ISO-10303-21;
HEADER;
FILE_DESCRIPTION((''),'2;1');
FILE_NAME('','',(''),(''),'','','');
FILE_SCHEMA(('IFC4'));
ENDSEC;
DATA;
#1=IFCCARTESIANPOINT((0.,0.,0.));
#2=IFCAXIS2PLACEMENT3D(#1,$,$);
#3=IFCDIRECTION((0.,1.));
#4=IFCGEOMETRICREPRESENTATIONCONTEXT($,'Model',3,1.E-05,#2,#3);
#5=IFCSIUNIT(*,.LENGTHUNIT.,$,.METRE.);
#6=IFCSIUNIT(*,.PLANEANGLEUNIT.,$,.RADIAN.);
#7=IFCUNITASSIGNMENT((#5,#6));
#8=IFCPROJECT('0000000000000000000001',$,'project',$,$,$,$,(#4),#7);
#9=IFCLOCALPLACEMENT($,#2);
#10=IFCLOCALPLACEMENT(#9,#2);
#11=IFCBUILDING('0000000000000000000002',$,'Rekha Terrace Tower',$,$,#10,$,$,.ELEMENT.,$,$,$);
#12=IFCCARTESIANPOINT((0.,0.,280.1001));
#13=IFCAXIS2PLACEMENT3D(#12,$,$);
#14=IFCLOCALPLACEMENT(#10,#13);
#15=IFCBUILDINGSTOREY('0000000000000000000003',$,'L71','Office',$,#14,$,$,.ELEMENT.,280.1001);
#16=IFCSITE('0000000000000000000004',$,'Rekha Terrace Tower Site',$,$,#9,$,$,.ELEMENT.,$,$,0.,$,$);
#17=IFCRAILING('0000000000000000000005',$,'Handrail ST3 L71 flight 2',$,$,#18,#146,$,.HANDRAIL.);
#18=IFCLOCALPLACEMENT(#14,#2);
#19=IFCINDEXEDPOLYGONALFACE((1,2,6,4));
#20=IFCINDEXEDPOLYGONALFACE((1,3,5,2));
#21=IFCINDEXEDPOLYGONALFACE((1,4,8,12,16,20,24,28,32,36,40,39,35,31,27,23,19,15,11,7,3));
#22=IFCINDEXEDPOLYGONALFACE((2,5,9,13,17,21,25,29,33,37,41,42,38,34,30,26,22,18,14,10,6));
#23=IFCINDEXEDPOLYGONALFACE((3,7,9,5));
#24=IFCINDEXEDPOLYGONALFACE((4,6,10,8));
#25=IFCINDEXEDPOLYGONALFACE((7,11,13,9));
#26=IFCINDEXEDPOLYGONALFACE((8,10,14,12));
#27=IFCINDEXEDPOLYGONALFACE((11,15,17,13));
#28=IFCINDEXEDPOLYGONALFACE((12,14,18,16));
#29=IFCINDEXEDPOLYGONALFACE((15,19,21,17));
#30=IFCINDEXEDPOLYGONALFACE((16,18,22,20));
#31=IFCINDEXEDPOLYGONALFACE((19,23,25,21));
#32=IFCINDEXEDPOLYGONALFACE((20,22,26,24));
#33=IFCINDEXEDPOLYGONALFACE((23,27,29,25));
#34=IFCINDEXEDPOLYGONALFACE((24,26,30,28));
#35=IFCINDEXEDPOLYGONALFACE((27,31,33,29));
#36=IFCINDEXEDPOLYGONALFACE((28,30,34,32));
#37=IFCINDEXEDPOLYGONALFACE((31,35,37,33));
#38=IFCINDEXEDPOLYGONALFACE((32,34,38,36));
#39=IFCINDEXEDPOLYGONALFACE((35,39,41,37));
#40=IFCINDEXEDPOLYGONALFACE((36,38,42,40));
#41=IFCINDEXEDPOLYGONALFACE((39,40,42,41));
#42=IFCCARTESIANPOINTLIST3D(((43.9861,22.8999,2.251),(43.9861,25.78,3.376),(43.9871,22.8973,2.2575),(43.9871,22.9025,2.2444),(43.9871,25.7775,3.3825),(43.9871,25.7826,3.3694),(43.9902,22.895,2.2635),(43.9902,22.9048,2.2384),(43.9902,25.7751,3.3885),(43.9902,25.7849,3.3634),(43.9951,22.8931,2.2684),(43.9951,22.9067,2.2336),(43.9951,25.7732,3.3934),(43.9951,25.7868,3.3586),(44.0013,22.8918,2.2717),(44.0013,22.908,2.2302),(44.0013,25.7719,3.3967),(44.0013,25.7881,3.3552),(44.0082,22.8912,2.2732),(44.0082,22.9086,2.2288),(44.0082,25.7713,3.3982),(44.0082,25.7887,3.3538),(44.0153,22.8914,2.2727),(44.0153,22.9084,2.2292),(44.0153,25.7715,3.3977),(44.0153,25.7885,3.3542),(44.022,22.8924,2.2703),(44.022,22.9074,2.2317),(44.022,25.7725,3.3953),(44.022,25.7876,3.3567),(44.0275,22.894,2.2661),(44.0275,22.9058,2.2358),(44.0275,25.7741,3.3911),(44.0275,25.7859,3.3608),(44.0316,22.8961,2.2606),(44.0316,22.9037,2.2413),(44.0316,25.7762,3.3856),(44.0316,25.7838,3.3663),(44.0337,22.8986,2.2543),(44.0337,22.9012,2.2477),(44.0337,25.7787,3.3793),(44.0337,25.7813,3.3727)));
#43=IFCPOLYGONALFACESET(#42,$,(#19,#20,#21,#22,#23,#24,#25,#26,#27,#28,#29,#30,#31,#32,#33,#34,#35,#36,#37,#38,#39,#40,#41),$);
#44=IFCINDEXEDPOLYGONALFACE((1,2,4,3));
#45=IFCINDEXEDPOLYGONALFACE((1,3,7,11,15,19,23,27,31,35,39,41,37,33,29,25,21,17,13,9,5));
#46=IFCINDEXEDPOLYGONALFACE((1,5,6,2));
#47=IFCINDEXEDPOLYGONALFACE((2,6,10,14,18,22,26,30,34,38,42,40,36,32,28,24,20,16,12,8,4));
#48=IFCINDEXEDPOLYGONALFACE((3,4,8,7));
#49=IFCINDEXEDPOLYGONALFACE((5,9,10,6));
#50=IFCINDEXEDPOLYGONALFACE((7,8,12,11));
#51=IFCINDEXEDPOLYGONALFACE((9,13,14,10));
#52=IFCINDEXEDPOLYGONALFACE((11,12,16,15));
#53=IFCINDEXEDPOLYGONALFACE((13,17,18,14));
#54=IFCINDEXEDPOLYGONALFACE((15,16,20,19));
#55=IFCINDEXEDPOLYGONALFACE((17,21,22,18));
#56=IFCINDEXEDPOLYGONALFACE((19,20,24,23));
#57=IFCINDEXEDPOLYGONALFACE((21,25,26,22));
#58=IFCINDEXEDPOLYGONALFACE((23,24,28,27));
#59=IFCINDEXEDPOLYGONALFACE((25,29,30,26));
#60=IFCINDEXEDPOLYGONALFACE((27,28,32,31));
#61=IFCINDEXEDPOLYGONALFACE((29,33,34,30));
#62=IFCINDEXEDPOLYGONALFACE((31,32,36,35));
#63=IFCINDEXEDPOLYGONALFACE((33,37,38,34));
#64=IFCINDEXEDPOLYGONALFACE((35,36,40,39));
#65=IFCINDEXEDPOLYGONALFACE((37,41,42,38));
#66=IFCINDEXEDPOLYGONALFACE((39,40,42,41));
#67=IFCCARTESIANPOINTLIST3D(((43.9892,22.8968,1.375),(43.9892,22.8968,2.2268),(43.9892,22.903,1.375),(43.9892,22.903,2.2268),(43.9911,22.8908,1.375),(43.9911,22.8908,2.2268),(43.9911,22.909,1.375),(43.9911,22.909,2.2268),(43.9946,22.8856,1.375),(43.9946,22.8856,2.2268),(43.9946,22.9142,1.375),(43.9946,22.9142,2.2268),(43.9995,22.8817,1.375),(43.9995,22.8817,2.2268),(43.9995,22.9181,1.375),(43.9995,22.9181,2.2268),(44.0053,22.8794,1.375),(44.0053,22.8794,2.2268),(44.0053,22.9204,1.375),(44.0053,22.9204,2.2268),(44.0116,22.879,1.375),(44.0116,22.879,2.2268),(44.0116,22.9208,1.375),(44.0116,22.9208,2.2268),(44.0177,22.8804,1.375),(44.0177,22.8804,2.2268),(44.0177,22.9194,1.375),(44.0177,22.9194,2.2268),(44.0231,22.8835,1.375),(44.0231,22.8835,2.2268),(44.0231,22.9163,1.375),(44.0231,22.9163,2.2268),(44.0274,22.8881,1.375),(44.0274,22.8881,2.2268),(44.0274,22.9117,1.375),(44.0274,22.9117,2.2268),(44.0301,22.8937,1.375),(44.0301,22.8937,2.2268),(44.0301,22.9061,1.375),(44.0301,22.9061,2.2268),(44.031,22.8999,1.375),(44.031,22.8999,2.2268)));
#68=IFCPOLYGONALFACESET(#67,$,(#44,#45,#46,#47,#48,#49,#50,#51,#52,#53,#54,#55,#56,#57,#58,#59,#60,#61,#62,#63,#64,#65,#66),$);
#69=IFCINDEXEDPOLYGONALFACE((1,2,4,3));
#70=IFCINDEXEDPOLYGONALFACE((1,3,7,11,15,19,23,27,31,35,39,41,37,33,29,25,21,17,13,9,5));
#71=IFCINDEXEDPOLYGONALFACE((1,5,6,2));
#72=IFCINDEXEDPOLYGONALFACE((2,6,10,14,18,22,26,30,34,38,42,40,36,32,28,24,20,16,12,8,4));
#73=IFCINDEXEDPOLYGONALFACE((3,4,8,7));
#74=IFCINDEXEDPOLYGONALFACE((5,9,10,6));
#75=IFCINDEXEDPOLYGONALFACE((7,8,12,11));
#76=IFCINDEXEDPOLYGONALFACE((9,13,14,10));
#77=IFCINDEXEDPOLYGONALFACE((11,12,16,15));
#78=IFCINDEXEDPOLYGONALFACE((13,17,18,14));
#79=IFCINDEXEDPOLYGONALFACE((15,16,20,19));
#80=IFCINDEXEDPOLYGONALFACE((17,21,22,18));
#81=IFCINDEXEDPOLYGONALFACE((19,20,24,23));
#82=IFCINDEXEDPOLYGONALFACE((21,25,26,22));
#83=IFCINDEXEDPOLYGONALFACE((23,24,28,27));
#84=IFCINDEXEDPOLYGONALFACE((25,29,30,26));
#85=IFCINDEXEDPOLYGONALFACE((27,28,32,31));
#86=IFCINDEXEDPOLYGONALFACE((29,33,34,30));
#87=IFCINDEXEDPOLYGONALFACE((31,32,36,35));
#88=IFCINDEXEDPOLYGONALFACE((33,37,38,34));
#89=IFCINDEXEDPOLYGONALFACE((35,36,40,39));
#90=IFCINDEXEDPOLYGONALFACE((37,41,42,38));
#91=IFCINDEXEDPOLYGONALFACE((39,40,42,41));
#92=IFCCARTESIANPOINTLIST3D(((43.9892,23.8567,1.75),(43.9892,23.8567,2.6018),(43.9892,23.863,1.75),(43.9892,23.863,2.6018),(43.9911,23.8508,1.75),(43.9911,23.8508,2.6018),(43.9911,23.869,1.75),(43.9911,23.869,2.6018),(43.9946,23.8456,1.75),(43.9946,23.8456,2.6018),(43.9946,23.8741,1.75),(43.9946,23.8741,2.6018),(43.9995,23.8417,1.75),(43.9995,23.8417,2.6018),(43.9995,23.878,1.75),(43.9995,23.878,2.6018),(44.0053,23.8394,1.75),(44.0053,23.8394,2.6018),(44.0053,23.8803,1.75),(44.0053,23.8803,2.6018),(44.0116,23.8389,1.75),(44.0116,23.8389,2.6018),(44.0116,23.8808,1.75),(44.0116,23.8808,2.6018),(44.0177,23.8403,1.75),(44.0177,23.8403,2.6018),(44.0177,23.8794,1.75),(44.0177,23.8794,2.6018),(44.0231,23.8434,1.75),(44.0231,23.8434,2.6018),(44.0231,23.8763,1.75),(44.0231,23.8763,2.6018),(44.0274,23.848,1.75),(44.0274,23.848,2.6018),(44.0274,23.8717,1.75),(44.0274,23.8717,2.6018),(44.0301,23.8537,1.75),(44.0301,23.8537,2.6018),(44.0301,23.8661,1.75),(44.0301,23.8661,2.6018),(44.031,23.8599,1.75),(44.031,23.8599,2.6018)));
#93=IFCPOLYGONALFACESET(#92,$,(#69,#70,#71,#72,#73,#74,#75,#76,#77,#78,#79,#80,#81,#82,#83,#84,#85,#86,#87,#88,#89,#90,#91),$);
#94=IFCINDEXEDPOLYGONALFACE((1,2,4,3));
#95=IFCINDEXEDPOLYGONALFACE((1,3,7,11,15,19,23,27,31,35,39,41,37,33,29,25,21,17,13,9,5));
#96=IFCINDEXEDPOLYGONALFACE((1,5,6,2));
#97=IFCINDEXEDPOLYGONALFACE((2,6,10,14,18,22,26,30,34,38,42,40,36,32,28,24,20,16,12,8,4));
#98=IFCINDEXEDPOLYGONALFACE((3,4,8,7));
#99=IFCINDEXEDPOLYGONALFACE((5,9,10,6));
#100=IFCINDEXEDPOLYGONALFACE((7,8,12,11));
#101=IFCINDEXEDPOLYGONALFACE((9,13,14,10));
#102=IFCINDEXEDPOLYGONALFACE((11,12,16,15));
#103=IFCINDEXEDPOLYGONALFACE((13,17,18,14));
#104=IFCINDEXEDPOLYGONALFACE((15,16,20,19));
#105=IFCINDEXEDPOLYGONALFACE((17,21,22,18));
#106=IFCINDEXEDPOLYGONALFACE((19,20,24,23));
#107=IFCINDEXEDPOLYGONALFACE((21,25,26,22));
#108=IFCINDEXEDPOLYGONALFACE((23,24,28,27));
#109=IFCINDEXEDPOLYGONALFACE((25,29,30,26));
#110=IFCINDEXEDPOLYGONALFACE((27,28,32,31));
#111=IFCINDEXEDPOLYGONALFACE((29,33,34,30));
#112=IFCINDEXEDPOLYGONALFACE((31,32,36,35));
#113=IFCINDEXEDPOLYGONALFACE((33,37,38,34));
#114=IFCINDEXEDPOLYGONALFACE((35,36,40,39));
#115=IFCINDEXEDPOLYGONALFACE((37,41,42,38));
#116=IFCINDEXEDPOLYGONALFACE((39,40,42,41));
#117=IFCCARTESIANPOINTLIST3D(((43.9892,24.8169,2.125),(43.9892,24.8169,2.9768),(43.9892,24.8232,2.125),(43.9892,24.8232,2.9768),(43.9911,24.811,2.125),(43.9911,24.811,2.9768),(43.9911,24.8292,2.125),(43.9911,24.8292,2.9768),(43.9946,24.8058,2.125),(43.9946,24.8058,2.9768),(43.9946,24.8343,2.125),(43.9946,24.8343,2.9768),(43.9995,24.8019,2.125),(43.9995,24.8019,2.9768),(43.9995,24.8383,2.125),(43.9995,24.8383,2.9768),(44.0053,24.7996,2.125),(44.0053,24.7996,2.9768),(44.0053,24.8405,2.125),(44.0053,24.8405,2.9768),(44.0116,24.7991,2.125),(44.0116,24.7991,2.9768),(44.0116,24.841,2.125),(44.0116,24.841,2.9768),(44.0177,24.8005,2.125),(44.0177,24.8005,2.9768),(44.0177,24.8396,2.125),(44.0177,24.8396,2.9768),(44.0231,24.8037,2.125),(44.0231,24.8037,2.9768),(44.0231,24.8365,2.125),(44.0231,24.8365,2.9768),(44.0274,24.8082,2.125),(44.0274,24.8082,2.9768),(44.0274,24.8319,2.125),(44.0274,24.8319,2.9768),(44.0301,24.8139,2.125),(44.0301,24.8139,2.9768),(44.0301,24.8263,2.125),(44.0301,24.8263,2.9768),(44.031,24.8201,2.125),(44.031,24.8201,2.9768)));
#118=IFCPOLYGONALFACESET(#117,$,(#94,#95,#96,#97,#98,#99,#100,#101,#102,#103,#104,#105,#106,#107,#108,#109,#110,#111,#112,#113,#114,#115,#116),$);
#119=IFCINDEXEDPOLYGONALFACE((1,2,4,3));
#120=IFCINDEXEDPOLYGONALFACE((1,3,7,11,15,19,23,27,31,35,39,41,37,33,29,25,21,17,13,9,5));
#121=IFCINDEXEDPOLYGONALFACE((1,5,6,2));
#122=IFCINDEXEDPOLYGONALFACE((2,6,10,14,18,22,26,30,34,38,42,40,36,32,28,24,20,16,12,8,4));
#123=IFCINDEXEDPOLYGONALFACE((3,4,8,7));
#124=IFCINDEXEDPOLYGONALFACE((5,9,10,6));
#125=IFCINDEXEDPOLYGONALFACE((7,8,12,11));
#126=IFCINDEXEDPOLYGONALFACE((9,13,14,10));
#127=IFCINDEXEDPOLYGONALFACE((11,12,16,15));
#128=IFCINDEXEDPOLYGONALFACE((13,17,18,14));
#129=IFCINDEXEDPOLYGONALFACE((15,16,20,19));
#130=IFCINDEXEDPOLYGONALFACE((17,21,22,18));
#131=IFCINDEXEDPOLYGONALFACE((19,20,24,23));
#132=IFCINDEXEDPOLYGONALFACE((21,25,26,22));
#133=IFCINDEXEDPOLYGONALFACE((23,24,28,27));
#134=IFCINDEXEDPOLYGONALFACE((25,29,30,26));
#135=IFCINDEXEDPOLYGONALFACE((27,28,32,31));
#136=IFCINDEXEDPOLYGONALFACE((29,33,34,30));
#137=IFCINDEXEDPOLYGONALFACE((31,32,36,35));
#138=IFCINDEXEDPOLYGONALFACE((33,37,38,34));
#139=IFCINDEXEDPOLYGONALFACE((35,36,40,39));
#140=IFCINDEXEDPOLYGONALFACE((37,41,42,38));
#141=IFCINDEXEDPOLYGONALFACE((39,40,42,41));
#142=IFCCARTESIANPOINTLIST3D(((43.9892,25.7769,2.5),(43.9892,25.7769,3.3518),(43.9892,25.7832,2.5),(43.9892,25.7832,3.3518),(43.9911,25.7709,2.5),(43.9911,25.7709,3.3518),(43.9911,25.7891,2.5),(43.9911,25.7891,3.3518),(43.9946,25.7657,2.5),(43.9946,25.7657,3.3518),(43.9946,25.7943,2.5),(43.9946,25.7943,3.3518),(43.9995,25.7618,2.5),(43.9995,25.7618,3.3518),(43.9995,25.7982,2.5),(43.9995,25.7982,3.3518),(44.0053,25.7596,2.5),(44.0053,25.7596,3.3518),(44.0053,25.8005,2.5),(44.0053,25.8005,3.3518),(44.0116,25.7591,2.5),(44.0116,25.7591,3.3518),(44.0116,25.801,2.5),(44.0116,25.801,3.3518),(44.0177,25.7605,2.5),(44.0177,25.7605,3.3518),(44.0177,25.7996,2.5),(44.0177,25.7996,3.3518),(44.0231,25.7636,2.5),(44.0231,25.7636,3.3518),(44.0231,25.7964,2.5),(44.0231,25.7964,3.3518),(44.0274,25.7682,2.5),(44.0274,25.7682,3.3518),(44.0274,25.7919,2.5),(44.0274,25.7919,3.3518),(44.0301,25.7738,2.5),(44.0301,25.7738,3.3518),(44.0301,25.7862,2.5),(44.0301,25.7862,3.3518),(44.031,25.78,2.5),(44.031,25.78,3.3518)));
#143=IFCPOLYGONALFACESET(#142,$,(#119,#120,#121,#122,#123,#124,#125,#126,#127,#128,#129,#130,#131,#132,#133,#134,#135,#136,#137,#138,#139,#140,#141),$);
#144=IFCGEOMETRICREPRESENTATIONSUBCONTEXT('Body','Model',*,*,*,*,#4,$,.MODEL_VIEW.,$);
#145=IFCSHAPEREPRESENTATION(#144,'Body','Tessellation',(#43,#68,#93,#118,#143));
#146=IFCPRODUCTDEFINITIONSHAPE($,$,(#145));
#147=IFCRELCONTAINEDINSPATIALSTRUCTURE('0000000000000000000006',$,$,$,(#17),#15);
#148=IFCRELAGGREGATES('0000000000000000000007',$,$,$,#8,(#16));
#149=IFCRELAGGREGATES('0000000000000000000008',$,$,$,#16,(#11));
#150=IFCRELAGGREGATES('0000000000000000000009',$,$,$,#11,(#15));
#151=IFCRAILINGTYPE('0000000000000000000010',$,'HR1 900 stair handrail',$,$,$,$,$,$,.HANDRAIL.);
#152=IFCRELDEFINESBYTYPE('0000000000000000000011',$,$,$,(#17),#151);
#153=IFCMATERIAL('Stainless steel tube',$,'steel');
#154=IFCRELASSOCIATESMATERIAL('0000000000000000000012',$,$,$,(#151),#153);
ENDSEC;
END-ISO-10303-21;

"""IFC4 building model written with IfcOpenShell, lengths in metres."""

from ifc_helpers import new_model, si_unit, direction, frame, origin, origin_2d, place, context, subcontext, project, spatial, circle, extrude, material, type_object, element, save


model = new_model("IFC4")

# Units and contexts
model_context = context("Model", 3, precision=1e-05, world=origin(), true_north=direction((0.0, 1.0)))
body_context = subcontext(model_context, "Body", "Model", "MODEL_VIEW")
ifc_project = project(units=[si_unit("LENGTHUNIT", "METRE"), si_unit("PLANEANGLEUNIT", "RADIAN")], contexts=[model_context])

# Site, building, storey
site_placement = place(None, origin())
site = spatial("IfcSite", under=ifc_project, at=site_placement, Name="Rekha Terrace Tower Site", CompositionType="ELEMENT", RefElevation=0.0)
building_placement = place(site_placement, origin())
building = spatial("IfcBuilding", under=site, at=building_placement, Name="Rekha Terrace Tower", CompositionType="ELEMENT")
storey_placement = place(building_placement, frame((0.0, 0.0, 280.1001)))
storey = spatial("IfcBuildingStorey", under=building, at=storey_placement, Name="L71", Description="Office", CompositionType="ELEMENT", Elevation=280.1001)

# Railing
ifc_material_1 = material(Name="Stainless steel tube", Category="steel")
railing_type = type_object("IfcRailingType", Name="HR1 900 stair handrail", PredefinedType="HANDRAIL", material=ifc_material_1)
railing_placement = place(storey_placement, frame((44.01, 22.8999, 1.375)))
element("IfcRailing", 1, at=railing_placement, inside=storey, type_object=railing_type, Name="Handrail ST3 L71 flight 2", PredefinedType="HANDRAIL", context=body_context, shape_type="SweptSolid", body=[
    extrude(circle(Radius=0.0239, at=origin_2d()), frame((0.0, 0.0, 0.876), z_axis=(0.0, 0.931463, 0.363837), x_axis=(-1.0, 0.0, 0.0)), (0.0, 0.0, 1.0), 3.092),
    extrude(circle(Radius=0.021, at=origin_2d()), origin(), (0.0, 0.0, 1.0), 0.8518),
    extrude(circle(Radius=0.021, at=origin_2d()), frame((0.0, 0.96, 0.375)), (0.0, 0.0, 1.0), 0.8518),
    extrude(circle(Radius=0.021, at=origin_2d()), frame((0.0, 1.9202, 0.75)), (0.0, 0.0, 1.0), 0.8518),
    extrude(circle(Radius=0.021, at=origin_2d()), frame((0.0, 2.8801, 1.125)), (0.0, 0.0, 1.0), 0.8518),
])

save(model, "model.ifc")
